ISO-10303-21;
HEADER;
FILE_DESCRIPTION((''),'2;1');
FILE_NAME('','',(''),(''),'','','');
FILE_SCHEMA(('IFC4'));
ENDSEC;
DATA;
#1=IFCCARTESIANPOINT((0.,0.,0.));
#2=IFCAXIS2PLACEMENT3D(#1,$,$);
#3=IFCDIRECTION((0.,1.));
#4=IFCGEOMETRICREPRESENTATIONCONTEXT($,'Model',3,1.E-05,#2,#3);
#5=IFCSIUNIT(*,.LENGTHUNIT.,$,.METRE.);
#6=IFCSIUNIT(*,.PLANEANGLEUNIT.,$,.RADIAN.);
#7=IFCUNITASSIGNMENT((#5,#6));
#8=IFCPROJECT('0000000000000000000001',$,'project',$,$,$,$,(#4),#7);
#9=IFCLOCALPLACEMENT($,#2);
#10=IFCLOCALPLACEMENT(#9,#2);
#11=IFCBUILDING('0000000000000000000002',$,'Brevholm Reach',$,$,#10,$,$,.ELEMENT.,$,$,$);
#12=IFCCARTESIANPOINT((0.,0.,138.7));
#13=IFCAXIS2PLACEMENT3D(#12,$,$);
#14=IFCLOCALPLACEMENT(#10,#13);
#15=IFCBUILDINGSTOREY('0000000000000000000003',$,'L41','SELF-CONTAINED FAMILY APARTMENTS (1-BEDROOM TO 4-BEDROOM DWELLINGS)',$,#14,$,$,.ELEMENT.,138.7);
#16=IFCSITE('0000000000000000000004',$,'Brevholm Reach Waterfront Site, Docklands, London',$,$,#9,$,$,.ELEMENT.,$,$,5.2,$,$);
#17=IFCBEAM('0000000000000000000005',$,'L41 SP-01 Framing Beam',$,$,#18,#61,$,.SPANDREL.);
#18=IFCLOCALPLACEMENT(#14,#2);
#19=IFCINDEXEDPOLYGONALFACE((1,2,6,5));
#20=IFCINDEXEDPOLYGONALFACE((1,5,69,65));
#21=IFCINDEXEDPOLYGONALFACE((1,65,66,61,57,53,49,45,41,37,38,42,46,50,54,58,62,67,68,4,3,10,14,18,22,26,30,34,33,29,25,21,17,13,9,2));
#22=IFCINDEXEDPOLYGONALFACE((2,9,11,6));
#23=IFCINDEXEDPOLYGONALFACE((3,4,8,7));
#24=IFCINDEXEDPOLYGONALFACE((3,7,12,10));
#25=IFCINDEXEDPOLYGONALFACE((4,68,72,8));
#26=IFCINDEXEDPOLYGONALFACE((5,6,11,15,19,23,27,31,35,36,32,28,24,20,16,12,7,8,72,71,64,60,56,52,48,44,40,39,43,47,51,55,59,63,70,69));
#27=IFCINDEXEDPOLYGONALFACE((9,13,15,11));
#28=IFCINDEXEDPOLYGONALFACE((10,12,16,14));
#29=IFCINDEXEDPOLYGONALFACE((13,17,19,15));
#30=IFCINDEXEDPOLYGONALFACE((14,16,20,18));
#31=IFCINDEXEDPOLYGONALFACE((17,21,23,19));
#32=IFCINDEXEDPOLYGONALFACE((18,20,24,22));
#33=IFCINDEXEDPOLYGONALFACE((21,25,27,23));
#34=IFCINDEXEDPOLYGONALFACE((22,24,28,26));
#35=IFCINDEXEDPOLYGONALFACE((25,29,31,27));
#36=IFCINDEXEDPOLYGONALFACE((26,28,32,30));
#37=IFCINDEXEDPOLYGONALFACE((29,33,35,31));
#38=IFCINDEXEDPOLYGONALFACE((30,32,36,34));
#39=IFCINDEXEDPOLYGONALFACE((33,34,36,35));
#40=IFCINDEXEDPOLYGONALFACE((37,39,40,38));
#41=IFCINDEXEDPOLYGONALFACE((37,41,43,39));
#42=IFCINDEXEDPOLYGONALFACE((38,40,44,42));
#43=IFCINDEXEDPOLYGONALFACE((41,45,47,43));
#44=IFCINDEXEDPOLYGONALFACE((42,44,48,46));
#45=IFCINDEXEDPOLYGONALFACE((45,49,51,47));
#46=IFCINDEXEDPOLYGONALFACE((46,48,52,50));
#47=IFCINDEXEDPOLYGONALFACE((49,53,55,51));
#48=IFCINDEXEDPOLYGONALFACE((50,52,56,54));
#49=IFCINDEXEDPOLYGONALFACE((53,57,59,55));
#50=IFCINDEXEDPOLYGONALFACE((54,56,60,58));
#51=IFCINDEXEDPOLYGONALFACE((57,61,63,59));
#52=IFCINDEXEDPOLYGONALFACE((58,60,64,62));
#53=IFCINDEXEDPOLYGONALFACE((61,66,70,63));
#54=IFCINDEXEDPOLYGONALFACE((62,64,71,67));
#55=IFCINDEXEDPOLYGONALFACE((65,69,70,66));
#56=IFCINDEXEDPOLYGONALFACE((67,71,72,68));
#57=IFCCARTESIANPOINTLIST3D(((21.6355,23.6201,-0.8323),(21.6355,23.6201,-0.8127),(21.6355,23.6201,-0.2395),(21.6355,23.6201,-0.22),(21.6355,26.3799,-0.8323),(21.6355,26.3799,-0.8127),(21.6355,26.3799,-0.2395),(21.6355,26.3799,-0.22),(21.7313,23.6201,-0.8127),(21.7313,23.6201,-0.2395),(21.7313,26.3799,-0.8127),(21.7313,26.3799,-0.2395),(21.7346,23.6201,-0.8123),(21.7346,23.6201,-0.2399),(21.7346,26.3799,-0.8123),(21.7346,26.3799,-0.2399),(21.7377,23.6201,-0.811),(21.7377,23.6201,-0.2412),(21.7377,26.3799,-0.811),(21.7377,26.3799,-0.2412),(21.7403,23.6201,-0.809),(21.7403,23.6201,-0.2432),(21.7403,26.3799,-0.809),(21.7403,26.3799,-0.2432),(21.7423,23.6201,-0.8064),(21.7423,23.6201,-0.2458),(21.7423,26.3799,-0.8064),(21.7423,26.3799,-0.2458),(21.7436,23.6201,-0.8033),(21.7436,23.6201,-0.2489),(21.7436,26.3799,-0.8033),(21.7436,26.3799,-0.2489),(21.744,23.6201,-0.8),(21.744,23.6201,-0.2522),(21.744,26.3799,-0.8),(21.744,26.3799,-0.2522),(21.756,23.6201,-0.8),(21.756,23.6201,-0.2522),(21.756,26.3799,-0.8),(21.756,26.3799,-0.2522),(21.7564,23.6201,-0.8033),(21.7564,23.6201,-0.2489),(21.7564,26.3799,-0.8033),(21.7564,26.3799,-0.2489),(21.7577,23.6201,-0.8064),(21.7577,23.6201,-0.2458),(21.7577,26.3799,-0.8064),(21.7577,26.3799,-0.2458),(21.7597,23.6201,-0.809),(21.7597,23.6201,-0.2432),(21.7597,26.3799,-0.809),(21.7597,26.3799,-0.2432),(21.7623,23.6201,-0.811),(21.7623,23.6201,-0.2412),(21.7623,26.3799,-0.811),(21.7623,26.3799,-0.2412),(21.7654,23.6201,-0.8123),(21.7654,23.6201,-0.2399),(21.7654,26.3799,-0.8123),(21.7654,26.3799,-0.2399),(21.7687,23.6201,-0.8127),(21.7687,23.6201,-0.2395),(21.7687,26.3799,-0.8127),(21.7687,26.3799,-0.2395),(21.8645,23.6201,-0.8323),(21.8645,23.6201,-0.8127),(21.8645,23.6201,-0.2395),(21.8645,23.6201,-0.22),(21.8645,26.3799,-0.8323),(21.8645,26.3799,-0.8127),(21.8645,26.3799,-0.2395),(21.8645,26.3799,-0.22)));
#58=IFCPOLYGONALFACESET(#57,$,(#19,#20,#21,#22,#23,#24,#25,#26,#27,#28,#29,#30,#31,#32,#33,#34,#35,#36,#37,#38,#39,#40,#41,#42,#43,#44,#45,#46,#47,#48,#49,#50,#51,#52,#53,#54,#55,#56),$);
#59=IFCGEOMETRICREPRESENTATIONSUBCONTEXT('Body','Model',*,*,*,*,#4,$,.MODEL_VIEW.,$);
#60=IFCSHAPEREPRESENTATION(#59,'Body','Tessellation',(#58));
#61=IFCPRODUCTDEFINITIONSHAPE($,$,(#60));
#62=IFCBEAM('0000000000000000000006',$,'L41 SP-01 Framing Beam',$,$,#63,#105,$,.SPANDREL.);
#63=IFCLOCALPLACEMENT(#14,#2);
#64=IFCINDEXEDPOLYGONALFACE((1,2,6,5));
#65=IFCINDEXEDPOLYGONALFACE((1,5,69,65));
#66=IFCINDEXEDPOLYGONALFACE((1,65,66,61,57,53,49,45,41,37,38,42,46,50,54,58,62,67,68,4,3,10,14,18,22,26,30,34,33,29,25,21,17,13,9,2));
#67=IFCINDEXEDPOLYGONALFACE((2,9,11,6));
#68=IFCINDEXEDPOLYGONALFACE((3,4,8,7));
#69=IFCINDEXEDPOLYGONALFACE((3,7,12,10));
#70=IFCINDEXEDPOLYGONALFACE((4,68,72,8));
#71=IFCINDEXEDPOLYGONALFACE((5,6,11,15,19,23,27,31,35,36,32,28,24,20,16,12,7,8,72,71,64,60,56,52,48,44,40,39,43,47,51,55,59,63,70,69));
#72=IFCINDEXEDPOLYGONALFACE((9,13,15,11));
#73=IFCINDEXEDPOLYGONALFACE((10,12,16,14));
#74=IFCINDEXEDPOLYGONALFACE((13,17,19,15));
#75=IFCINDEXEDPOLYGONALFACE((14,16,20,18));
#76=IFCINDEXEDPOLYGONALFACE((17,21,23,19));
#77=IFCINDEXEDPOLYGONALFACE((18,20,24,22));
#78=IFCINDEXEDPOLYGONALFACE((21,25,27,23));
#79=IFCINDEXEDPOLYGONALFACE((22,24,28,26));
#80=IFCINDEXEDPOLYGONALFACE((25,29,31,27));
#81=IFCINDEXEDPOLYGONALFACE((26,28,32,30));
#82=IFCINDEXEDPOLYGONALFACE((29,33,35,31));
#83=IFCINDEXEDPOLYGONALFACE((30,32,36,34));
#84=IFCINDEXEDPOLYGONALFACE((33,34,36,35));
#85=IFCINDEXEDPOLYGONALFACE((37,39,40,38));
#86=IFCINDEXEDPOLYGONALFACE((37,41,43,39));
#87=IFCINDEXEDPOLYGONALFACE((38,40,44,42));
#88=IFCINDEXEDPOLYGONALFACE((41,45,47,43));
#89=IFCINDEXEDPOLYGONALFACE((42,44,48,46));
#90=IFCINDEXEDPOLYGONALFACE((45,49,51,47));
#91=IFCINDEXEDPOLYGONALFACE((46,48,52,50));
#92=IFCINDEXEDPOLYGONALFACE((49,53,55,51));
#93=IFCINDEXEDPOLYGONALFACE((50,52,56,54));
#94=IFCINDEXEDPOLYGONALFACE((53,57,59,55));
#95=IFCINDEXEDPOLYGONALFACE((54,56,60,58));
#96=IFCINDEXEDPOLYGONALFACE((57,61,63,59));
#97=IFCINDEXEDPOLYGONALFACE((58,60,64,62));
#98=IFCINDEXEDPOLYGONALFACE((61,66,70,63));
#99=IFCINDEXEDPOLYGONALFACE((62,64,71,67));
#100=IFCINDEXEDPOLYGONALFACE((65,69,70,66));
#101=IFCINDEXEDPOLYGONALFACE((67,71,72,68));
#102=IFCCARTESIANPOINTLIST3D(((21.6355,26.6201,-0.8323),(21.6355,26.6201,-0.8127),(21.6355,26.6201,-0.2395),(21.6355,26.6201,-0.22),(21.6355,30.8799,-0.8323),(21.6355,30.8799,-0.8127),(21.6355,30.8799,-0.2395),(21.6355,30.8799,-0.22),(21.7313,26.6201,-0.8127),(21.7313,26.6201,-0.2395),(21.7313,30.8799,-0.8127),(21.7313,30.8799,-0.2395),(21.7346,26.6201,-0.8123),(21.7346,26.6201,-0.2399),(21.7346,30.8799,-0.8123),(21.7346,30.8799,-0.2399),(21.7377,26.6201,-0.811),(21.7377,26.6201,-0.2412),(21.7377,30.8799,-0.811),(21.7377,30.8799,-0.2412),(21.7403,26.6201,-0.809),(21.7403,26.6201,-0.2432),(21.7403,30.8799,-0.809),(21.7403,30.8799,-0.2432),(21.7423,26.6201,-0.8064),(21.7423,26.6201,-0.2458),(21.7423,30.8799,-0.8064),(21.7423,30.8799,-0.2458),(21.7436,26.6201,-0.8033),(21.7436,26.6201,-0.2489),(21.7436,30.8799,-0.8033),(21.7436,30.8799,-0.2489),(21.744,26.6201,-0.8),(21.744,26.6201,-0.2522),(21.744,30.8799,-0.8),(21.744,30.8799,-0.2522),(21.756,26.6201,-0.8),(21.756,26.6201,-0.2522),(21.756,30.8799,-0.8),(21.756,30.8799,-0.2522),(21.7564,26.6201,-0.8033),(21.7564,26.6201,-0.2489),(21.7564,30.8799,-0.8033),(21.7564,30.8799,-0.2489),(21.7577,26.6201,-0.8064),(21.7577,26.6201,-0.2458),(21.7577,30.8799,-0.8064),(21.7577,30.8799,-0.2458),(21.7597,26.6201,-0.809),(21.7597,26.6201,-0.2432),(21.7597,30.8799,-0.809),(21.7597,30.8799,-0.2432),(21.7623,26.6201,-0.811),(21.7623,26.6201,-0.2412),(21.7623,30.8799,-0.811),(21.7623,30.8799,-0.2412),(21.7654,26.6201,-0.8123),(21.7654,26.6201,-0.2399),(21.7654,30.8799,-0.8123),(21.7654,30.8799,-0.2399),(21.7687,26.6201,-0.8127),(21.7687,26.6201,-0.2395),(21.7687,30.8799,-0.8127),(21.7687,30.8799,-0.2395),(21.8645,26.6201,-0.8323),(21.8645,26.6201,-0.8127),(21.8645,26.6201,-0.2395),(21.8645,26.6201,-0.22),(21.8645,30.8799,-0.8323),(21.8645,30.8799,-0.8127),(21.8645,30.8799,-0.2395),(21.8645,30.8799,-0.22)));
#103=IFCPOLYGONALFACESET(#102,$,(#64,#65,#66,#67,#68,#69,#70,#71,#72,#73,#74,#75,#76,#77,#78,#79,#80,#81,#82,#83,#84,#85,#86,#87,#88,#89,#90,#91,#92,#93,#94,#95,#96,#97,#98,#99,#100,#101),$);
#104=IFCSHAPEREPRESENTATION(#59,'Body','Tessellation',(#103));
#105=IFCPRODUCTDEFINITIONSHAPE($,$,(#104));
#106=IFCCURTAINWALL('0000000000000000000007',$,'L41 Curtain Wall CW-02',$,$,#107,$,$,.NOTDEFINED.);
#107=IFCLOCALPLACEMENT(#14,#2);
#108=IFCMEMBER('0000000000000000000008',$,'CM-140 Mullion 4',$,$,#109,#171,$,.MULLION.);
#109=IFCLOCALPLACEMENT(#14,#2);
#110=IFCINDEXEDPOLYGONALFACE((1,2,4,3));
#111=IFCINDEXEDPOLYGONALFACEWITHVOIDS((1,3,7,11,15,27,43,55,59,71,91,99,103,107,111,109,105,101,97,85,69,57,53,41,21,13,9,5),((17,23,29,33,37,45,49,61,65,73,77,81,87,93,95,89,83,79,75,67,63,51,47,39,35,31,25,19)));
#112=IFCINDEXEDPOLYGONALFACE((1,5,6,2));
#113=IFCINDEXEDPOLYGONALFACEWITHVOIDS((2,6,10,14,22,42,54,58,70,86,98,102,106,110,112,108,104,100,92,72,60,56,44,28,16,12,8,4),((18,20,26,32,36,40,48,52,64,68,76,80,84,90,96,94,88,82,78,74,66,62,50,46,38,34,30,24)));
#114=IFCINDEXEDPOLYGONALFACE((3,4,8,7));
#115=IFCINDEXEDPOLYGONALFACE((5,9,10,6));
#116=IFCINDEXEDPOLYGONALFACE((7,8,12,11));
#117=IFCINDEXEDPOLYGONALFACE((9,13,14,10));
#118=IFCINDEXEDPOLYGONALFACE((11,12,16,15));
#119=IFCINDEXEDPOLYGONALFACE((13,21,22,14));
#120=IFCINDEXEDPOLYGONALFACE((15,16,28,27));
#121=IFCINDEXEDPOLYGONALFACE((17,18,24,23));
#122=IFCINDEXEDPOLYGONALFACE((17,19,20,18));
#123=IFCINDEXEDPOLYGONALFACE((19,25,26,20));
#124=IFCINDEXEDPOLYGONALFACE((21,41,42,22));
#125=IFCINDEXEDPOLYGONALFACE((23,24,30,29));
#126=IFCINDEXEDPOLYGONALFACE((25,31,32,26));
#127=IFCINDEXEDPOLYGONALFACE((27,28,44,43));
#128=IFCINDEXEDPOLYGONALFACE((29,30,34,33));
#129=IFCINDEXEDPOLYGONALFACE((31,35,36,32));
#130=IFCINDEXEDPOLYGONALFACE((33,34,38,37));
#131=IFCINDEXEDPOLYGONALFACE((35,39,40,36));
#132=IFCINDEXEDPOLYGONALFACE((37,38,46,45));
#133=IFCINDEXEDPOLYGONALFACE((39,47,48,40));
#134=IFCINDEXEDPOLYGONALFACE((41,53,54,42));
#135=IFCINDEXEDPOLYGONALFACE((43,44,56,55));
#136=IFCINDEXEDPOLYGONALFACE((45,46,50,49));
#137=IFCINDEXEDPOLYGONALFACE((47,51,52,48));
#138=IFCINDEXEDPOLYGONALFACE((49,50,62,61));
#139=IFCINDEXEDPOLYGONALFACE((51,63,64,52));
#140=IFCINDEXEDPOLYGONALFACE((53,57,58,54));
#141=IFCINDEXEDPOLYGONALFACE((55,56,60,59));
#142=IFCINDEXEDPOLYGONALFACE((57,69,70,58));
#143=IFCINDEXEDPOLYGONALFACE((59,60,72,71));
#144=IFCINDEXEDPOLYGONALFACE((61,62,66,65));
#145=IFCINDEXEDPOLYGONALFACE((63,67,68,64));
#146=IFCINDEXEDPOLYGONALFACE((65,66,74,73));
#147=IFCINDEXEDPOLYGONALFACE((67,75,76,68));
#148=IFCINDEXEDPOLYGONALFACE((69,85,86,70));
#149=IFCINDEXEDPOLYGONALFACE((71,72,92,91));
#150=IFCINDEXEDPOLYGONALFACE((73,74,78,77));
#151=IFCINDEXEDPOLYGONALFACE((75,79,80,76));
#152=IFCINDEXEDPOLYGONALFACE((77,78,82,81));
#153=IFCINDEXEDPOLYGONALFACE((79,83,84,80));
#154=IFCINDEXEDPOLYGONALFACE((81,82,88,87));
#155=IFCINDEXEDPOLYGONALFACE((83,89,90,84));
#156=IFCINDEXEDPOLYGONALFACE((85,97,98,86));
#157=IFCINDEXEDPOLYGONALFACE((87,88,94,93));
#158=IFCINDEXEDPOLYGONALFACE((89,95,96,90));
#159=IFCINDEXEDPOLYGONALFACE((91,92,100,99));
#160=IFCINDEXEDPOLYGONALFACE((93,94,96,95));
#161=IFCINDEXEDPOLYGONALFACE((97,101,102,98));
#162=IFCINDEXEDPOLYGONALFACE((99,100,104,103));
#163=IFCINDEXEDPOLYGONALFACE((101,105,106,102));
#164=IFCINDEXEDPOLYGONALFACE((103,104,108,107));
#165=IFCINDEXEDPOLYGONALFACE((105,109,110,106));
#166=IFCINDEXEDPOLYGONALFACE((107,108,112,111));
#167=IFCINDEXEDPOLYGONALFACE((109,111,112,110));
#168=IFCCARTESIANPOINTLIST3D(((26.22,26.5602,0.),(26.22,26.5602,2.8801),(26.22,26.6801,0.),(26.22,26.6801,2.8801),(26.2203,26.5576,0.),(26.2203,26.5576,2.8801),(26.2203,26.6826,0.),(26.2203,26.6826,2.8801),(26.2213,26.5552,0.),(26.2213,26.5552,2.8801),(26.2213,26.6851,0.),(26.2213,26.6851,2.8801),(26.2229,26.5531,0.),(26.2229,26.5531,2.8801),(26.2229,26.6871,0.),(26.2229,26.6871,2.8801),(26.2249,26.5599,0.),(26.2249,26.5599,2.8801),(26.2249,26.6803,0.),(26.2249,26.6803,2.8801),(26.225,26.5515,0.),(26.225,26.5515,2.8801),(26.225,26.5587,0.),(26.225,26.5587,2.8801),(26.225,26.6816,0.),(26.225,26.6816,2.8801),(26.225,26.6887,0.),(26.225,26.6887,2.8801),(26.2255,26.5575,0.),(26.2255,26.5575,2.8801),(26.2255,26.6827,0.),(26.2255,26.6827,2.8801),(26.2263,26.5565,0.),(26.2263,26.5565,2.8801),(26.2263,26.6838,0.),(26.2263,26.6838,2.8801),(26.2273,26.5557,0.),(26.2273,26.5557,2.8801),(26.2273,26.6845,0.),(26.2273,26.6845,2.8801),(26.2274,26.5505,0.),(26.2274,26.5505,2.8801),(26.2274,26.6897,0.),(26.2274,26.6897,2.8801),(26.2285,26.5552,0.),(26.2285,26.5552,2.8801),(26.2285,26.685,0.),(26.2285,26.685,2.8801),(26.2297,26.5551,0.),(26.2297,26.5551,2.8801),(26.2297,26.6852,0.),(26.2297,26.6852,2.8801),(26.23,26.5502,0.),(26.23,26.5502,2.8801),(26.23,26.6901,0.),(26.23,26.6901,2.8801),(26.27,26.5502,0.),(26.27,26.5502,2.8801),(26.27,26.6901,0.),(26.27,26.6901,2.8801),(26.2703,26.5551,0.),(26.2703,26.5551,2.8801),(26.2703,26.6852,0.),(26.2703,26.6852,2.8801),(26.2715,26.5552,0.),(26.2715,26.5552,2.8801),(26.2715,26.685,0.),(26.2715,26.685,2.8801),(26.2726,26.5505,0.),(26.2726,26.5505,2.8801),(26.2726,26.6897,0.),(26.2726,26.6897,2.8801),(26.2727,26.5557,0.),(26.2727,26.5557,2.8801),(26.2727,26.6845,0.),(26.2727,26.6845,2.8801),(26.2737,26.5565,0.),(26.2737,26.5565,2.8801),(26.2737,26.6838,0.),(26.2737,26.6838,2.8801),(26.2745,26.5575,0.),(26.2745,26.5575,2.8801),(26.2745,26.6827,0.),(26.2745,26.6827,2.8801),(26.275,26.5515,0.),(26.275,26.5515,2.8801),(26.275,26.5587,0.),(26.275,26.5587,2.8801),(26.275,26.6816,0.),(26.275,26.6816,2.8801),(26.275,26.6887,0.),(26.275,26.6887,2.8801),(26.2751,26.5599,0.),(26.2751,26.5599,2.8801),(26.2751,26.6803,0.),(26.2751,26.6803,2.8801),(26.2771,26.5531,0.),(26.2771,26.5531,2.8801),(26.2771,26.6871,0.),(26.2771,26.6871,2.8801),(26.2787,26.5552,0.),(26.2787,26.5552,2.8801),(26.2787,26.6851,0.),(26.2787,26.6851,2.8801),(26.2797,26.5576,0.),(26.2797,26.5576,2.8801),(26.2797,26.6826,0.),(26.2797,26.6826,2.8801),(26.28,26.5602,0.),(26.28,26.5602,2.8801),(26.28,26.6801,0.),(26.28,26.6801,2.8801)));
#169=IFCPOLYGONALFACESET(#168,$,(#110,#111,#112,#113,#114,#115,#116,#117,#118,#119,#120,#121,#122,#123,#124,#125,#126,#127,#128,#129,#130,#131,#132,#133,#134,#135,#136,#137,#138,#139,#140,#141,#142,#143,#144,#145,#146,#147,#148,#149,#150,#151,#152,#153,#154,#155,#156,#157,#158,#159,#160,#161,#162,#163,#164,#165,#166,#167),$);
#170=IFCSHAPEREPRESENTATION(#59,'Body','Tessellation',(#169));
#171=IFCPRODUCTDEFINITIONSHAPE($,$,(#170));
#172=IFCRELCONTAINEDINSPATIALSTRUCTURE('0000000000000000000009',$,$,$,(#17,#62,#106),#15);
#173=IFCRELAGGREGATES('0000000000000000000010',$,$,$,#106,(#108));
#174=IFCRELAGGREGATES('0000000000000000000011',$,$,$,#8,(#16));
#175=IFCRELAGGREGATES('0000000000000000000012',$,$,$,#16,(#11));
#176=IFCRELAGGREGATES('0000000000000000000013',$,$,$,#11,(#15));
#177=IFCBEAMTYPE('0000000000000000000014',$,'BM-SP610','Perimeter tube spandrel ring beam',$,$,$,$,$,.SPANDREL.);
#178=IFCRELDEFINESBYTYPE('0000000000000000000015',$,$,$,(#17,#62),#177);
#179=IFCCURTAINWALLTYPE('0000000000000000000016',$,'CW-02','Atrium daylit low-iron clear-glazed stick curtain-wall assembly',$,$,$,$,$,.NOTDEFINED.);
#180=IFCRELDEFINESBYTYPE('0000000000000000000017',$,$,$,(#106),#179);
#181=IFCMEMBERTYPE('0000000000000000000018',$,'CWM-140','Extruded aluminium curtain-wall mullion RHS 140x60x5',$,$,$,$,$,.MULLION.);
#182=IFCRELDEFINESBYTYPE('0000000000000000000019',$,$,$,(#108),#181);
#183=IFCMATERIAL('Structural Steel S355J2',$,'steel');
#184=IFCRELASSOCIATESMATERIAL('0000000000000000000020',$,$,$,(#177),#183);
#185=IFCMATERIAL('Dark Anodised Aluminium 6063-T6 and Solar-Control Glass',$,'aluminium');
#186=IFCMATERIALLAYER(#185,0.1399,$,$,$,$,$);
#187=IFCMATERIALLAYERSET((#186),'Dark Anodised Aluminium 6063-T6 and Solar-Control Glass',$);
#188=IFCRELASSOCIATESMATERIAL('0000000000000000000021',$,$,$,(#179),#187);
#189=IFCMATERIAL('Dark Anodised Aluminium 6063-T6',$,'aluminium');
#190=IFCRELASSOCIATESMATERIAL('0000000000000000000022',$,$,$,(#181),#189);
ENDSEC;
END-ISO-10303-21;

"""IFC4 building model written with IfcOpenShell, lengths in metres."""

from ifc_helpers import new_model, si_unit, direction, frame, origin, origin_2d, place, context, subcontext, project, spatial, hollow_rectangle, i_section, extrude, material, layer, layer_set, material_profile, profile_set, type_object, element, aggregate, save


model = new_model("IFC4")

# Units and contexts
model_context = context("Model", 3, precision=1e-05, world=origin(), true_north=direction((0.0, 1.0)))
body_context = subcontext(model_context, "Body", "Model", "MODEL_VIEW")
ifc_project = project(units=[si_unit("LENGTHUNIT", "METRE"), si_unit("PLANEANGLEUNIT", "RADIAN")], contexts=[model_context])

# Site, building, storey
site_placement = place(None, origin())
site = spatial("IfcSite", under=ifc_project, at=site_placement, Name="Brevholm Reach Waterfront Site, Docklands, London", CompositionType="ELEMENT", RefElevation=5.2)
building_placement = place(site_placement, origin())
building = spatial("IfcBuilding", under=site, at=building_placement, Name="Brevholm Reach", CompositionType="ELEMENT")
storey_placement = place(building_placement, frame((0.0, 0.0, 138.7)))
storey = spatial("IfcBuildingStorey", under=building, at=storey_placement, Name="L41", Description="SELF-CONTAINED FAMILY APARTMENTS (1-BEDROOM TO 4-BEDROOM DWELLINGS)", CompositionType="ELEMENT", Elevation=138.7)

# Beams
ifc_material_1 = material(Name="Structural Steel S355J2", Category="steel")
ifc_material_profile_1 = material_profile(ifc_material_1, i_section(OverallWidth=0.229, OverallDepth=0.6123, WebThickness=0.012, FlangeThickness=0.0195, FilletRadius=0.0127, at=origin_2d()), Name="UKB 610x229x125")
ifc_profile_set_1 = profile_set([ifc_material_profile_1], Name="Structural Steel S355J2")
beam_type_1 = type_object("IfcBeamType", Name="BM-SP610", Description="Perimeter tube spandrel ring beam", PredefinedType="SPANDREL", material=ifc_profile_set_1)
beam_1_placement = place(storey_placement, frame((21.75, 23.6201, -0.5261), z_axis=(0.0, 1.0, 0.0), x_axis=(-1.0, 0.0, 0.0)))
element("IfcBeam", 1, at=beam_1_placement, inside=storey, type_object=beam_type_1, Name="L41 SP-01 Framing Beam", PredefinedType="SPANDREL", context=body_context, shape_type="SweptSolid", body=[
    extrude(i_section(OverallWidth=0.229, OverallDepth=0.6123, WebThickness=0.012, FlangeThickness=0.0195, FilletRadius=0.0127, at=origin_2d()), origin(), (0.0, 0.0, 1.0), 2.7598),
])
beam_2_placement = place(storey_placement, frame((21.75, 26.6201, -0.5261), z_axis=(0.0, 1.0, 0.0), x_axis=(-1.0, 0.0, 0.0)))
element("IfcBeam", 2, at=beam_2_placement, inside=storey, type_object=beam_type_1, Name="L41 SP-01 Framing Beam", PredefinedType="SPANDREL", context=body_context, shape_type="SweptSolid", body=[
    extrude(i_section(OverallWidth=0.229, OverallDepth=0.6123, WebThickness=0.012, FlangeThickness=0.0195, FilletRadius=0.0127, at=origin_2d()), origin(), (0.0, 0.0, 1.0), 4.2598),
])

# Curtain wall, member
ifc_material_2 = material(Name="Dark Anodised Aluminium 6063-T6 and Solar-Control Glass", Category="aluminium")
ifc_layer_1 = layer(ifc_material_2, 0.1399)
ifc_layer_set_1 = layer_set([ifc_layer_1], Name="Dark Anodised Aluminium 6063-T6 and Solar-Control Glass")
curtain_wall_type = type_object("IfcCurtainWallType", Name="CW-02", Description="Atrium daylit low-iron clear-glazed stick curtain-wall assembly", PredefinedType="NOTDEFINED", material=ifc_layer_set_1)
curtain_wall_placement = place(storey_placement, origin())
curtain_wall = element("IfcCurtainWall", 3, at=curtain_wall_placement, inside=storey, type_object=curtain_wall_type, Name="L41 Curtain Wall CW-02", PredefinedType="NOTDEFINED")
ifc_material_3 = material(Name="Dark Anodised Aluminium 6063-T6", Category="aluminium")
ifc_material_profile_2 = material_profile(ifc_material_3, hollow_rectangle(XDim=0.0601, YDim=0.1399, WallThickness=0.0049, InnerFilletRadius=0.0049, OuterFilletRadius=0.01, at=origin_2d()), Name="RHS 140x60x5")
ifc_profile_set_2 = profile_set([ifc_material_profile_2], Name="Dark Anodised Aluminium 6063-T6")
member_type_1 = type_object("IfcMemberType", Name="CWM-140", Description="Extruded aluminium curtain-wall mullion RHS 140x60x5", PredefinedType="MULLION", material=ifc_profile_set_2)
member_1_placement = place(storey_placement, frame((26.25, 26.6201, 0.0), z_axis=(0.0, 0.0, 1.0), x_axis=(-1.0, 0.0, 0.0)))
member_1 = element("IfcMember", 4, at=member_1_placement, type_object=member_type_1, Name="CM-140 Mullion 4", PredefinedType="MULLION", context=body_context, shape_type="SweptSolid", body=[
    extrude(hollow_rectangle(XDim=0.0601, YDim=0.1399, WallThickness=0.0049, InnerFilletRadius=0.0049, OuterFilletRadius=0.01, at=origin_2d()), origin(), (0.0, 0.0, 1.0), 2.8801),
])
aggregate(curtain_wall, [member_1])

save(model, "model.ifc")
